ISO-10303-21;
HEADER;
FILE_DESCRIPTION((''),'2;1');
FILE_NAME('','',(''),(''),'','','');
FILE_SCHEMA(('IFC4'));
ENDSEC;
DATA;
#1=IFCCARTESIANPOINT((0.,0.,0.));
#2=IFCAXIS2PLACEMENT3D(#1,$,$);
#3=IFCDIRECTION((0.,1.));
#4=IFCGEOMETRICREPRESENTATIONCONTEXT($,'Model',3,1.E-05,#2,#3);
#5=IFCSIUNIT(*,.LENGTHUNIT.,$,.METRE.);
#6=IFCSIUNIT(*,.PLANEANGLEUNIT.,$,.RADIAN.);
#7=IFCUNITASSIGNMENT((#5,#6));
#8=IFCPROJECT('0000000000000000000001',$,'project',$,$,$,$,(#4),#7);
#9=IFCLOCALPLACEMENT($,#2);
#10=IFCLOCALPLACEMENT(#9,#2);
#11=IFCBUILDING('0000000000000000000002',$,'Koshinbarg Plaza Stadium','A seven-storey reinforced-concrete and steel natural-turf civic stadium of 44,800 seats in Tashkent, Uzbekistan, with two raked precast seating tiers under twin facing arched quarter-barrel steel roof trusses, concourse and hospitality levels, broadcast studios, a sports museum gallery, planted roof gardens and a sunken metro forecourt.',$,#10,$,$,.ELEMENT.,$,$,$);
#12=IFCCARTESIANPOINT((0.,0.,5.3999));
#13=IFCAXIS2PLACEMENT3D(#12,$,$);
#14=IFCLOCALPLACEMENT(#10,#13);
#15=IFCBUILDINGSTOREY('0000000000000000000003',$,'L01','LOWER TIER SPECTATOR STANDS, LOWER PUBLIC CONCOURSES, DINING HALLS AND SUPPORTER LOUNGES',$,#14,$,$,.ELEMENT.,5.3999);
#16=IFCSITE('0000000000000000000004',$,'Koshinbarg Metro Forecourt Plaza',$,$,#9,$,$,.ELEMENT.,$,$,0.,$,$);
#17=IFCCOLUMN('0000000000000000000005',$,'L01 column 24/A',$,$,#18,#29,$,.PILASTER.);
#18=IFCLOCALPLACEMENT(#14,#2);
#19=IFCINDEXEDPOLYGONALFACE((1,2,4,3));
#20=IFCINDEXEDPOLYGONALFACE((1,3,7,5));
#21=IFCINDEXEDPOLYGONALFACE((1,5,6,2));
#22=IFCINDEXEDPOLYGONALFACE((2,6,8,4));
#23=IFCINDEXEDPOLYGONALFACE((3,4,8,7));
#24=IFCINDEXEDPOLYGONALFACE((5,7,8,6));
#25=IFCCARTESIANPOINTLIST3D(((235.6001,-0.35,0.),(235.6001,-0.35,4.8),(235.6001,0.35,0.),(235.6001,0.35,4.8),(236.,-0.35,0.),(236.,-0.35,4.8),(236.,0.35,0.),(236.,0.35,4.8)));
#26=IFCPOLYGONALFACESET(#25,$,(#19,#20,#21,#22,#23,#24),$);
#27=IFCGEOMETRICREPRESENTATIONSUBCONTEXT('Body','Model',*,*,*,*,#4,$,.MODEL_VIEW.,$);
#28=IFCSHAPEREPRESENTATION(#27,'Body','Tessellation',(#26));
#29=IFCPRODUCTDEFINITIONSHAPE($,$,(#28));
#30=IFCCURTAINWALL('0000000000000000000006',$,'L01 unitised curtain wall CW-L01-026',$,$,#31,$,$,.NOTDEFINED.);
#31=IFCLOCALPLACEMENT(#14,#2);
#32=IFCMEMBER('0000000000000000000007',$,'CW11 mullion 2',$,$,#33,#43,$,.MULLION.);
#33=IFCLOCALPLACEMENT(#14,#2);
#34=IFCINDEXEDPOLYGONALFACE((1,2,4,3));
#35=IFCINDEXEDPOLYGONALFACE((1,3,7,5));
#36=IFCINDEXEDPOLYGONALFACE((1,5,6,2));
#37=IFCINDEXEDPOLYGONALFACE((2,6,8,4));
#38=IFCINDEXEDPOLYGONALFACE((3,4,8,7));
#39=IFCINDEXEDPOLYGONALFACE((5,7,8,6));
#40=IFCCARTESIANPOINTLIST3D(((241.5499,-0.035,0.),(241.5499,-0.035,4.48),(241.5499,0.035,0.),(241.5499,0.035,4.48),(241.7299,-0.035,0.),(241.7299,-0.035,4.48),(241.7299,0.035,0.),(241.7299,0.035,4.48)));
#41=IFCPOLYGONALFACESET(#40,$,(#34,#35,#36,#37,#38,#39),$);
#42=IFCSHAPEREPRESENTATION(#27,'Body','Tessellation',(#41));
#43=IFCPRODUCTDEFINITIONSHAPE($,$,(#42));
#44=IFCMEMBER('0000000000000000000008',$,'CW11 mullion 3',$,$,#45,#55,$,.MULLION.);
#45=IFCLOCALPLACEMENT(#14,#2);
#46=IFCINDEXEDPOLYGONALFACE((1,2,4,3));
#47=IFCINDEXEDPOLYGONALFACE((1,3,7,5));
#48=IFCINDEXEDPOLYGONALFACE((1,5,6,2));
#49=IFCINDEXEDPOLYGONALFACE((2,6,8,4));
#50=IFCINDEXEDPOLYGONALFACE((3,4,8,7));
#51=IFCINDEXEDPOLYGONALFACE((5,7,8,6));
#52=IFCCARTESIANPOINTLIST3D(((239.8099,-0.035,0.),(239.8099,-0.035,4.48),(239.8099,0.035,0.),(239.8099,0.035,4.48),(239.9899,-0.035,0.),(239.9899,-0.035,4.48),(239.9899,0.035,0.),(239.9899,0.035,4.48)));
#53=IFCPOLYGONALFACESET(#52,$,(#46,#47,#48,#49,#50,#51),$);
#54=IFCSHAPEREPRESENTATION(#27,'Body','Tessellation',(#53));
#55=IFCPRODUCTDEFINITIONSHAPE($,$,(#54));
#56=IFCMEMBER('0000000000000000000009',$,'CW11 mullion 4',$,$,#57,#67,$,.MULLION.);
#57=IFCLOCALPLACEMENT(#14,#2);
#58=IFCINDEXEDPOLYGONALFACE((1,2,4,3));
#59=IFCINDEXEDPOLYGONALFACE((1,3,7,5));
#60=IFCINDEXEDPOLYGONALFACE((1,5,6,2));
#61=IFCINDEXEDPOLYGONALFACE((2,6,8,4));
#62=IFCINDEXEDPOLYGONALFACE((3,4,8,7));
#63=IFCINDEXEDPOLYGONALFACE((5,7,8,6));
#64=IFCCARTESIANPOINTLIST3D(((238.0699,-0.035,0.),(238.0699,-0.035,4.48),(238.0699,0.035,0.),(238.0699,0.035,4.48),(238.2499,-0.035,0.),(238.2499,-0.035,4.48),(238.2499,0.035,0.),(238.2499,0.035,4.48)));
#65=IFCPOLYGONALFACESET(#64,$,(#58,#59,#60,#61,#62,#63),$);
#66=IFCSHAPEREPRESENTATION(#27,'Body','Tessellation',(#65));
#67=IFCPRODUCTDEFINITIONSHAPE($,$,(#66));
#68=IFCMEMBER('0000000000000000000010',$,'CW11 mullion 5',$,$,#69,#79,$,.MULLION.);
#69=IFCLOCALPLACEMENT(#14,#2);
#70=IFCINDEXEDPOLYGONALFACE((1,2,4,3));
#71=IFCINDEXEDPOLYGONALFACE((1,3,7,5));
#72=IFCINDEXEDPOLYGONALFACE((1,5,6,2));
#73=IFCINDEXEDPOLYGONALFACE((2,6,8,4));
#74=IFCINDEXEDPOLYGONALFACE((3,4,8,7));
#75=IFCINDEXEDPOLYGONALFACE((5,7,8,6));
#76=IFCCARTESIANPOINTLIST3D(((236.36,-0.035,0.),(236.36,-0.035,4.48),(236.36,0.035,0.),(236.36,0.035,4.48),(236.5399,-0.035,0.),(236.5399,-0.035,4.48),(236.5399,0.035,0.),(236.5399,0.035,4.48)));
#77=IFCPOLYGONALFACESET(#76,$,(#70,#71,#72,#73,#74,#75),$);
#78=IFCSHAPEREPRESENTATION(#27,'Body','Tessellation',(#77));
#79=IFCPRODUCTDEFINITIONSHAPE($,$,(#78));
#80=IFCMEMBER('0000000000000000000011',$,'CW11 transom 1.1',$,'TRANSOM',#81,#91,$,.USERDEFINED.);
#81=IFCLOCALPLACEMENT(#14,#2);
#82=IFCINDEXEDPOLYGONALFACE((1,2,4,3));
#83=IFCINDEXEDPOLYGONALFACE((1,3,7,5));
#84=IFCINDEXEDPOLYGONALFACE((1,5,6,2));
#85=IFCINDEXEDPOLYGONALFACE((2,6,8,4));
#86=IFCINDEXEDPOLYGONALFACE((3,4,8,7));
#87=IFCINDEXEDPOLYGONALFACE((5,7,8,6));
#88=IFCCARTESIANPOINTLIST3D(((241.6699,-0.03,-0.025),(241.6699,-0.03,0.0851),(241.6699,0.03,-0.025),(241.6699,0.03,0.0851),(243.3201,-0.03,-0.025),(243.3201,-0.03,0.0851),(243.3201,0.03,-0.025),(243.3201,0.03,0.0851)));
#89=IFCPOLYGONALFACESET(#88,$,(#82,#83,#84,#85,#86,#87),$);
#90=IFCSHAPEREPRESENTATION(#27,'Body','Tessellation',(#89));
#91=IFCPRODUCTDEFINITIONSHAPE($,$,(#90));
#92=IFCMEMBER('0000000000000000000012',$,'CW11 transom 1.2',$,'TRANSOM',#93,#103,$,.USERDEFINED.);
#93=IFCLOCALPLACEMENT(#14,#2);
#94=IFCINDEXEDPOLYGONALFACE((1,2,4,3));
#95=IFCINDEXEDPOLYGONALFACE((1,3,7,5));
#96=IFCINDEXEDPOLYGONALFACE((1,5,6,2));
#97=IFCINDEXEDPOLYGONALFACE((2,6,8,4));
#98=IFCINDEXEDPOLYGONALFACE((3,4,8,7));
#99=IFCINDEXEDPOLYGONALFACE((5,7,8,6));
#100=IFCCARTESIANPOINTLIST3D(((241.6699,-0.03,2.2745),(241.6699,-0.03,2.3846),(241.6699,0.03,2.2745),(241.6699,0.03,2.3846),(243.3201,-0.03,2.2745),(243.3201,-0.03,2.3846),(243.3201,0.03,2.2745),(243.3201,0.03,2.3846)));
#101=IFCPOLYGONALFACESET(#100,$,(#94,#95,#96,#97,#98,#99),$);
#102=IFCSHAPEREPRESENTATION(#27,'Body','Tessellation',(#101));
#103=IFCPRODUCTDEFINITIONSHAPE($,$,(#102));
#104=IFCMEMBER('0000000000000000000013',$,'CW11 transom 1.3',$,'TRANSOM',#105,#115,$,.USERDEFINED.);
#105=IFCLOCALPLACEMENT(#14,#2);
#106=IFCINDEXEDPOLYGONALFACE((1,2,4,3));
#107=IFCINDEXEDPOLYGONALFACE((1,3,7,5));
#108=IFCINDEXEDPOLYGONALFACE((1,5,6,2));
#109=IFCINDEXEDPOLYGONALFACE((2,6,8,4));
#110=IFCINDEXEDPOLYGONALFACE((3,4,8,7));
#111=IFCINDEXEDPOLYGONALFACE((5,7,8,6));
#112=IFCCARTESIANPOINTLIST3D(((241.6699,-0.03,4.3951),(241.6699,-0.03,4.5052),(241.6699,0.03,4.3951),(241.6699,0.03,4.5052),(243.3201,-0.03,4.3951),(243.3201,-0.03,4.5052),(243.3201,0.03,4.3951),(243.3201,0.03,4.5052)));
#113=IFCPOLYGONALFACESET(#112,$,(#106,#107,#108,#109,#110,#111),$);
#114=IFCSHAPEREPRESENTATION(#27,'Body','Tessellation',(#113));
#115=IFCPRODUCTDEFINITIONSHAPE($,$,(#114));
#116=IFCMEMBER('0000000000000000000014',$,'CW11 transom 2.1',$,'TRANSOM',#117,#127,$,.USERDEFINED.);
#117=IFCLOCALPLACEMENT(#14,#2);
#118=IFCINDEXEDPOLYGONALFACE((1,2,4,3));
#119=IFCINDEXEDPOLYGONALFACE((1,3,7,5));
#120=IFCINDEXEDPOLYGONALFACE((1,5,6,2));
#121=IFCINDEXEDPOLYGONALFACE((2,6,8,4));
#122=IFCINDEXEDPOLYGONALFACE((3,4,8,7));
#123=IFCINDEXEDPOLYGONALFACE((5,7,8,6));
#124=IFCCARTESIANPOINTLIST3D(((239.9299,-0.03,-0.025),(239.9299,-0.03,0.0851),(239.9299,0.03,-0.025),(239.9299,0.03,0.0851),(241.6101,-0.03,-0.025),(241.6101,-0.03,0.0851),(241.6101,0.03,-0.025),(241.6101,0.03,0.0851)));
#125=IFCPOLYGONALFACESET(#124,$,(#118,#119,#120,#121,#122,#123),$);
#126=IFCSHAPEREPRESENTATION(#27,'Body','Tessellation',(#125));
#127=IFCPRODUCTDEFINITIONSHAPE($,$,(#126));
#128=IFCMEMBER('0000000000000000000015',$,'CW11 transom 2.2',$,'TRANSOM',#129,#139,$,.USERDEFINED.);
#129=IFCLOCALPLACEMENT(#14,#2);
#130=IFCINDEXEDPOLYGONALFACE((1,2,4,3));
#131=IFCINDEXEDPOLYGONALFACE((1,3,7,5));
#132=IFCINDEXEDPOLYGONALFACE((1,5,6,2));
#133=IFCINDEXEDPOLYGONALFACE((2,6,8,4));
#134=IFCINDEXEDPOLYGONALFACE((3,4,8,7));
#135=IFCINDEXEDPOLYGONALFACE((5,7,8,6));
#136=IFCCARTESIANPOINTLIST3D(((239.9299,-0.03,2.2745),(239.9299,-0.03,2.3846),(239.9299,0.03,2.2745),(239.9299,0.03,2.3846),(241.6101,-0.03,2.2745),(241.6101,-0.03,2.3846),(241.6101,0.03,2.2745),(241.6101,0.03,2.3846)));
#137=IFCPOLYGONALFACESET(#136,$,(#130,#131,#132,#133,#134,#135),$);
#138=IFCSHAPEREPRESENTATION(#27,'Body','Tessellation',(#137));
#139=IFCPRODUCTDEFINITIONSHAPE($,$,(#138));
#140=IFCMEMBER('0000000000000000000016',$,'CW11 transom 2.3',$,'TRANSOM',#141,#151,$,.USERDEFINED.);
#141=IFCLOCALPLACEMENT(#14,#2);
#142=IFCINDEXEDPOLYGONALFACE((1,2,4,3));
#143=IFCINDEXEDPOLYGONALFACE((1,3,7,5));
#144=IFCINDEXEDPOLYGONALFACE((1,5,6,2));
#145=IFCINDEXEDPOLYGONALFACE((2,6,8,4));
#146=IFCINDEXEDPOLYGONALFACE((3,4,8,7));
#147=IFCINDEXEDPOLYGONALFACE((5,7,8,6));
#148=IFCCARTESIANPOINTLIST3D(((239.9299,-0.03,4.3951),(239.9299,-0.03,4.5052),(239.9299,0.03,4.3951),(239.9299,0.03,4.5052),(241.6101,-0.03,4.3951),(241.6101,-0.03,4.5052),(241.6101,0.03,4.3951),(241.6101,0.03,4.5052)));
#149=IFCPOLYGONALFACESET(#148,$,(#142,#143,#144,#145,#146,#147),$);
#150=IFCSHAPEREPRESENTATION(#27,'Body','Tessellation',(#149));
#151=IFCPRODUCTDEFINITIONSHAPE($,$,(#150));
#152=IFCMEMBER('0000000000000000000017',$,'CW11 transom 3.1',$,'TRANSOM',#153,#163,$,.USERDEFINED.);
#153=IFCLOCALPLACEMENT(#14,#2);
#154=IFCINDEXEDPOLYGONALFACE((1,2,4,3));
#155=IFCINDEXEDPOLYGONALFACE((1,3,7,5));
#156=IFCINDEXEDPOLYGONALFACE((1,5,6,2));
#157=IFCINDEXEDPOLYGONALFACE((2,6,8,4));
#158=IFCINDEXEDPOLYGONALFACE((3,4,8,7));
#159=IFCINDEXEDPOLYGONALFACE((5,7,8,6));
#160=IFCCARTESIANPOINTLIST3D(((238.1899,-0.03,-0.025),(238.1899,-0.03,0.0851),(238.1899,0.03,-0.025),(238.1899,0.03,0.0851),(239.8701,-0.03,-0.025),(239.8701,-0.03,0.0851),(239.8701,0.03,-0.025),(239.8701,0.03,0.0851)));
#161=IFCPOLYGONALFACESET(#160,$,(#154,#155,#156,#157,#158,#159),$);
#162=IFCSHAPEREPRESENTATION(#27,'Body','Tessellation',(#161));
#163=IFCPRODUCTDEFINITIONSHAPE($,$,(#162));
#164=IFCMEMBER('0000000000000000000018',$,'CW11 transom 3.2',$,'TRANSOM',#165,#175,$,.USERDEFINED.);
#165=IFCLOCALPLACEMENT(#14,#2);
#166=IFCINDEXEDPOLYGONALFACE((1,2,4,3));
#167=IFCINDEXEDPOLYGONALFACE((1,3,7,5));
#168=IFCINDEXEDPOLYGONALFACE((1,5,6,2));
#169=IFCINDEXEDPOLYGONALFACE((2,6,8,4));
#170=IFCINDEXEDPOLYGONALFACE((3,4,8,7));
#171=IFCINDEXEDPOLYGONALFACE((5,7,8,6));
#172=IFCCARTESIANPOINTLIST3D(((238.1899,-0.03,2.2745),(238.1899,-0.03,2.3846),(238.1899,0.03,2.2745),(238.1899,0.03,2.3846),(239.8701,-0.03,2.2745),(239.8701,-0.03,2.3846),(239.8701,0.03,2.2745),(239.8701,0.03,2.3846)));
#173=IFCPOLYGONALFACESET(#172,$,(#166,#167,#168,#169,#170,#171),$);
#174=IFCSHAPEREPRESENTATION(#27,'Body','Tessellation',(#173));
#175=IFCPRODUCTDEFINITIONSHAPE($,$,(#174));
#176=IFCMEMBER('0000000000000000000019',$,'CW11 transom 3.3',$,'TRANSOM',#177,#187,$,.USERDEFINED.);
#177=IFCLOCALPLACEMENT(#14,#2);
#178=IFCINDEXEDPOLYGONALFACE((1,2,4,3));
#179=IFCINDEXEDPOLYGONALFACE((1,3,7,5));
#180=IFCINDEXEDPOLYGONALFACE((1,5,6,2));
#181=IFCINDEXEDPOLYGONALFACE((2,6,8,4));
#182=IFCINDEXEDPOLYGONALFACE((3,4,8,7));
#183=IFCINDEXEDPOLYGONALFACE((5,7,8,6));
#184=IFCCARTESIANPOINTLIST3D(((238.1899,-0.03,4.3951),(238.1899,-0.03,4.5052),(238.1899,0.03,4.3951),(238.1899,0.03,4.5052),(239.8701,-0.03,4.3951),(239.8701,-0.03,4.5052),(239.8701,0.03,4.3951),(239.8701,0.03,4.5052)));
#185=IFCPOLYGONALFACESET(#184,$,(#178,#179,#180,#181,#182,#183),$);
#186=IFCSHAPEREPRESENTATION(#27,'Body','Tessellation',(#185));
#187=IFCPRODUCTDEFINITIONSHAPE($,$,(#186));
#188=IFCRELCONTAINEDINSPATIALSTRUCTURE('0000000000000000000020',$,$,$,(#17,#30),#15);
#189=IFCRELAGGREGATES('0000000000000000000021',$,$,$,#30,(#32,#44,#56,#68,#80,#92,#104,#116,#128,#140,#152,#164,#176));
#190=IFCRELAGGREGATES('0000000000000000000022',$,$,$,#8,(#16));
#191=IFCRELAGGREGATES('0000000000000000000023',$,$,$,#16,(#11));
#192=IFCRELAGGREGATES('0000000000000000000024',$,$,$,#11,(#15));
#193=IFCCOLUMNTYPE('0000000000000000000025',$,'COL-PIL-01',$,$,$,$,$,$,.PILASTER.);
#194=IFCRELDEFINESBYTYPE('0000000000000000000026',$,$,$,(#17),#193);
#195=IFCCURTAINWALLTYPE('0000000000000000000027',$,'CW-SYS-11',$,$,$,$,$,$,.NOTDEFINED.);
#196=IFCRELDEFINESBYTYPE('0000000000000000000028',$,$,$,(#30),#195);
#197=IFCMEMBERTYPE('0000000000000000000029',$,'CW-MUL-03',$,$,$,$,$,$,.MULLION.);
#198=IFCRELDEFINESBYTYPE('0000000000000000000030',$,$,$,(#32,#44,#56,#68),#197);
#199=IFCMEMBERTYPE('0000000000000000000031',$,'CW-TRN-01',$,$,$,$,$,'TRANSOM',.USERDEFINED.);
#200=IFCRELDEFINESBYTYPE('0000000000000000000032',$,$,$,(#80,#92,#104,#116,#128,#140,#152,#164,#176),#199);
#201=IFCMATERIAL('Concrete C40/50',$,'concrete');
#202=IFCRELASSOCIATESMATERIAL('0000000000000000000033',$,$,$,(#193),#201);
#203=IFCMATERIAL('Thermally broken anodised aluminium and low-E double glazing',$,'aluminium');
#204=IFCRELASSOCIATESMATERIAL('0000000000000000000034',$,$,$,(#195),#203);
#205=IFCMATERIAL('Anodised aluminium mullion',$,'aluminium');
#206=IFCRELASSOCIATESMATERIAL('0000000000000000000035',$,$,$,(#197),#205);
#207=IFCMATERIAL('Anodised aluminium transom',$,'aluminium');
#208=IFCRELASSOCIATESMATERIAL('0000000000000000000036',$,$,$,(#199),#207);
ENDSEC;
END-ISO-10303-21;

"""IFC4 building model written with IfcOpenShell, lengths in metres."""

from ifc_helpers import new_model, si_unit, direction, frame, origin, origin_2d, place, context, subcontext, project, spatial, rectangle, extrude, material, material_profile, profile_set, type_object, element, aggregate, save


model = new_model("IFC4")

# Units and contexts
model_context = context("Model", 3, precision=1e-05, world=origin(), true_north=direction((0.0, 1.0)))
body_context = subcontext(model_context, "Body", "Model", "MODEL_VIEW")
ifc_project = project(units=[si_unit("LENGTHUNIT", "METRE"), si_unit("PLANEANGLEUNIT", "RADIAN")], contexts=[model_context])

# Site, building, storey
site_placement = place(None, origin())
site = spatial("IfcSite", under=ifc_project, at=site_placement, Name="Koshinbarg Metro Forecourt Plaza", CompositionType="ELEMENT", RefElevation=0.0)
building_placement = place(site_placement, origin())
building = spatial("IfcBuilding", under=site, at=building_placement, Name="Koshinbarg Plaza Stadium", Description="A seven-storey reinforced-concrete and steel natural-turf civic stadium of 44,800 seats in Tashkent, Uzbekistan, with two raked precast seating tiers under twin facing arched quarter-barrel steel roof trusses, concourse and hospitality levels, broadcast studios, a sports museum gallery, planted roof gardens and a sunken metro forecourt.", CompositionType="ELEMENT")
storey_placement = place(building_placement, frame((0.0, 0.0, 5.3999)))
storey = spatial("IfcBuildingStorey", under=building, at=storey_placement, Name="L01", Description="LOWER TIER SPECTATOR STANDS, LOWER PUBLIC CONCOURSES, DINING HALLS AND SUPPORTER LOUNGES", CompositionType="ELEMENT", Elevation=5.3999)

# Column
ifc_material_1 = material(Name="Concrete C40/50", Category="concrete")
ifc_material_profile_1 = material_profile(ifc_material_1, rectangle(XDim=0.3999, YDim=0.7, at=origin_2d()), Name="PIL 400x700")
ifc_profile_set_1 = profile_set([ifc_material_profile_1], Name="Concrete C40/50")
column_type = type_object("IfcColumnType", Name="COL-PIL-01", PredefinedType="PILASTER", material=ifc_profile_set_1)
column_placement = place(storey_placement, frame((235.8, 0.0, 0.0), z_axis=(0.0, 0.0, 1.0), x_axis=(1.0, 0.0, 0.0)))
element("IfcColumn", 1, at=column_placement, inside=storey, type_object=column_type, Name="L01 column 24/A", PredefinedType="PILASTER", context=body_context, shape_type="SweptSolid", body=[
    extrude(rectangle(XDim=0.3999, YDim=0.7, at=origin_2d()), origin(), (0.0, 0.0, 1.0), 4.8),
])

# Curtain wall, members
ifc_material_2 = material(Name="Thermally broken anodised aluminium and low-E double glazing", Category="aluminium")
curtain_wall_type = type_object("IfcCurtainWallType", Name="CW-SYS-11", PredefinedType="NOTDEFINED", material=ifc_material_2)
curtain_wall_placement = place(storey_placement, origin())
curtain_wall = element("IfcCurtainWall", 2, at=curtain_wall_placement, inside=storey, type_object=curtain_wall_type, Name="L01 unitised curtain wall CW-L01-026", PredefinedType="NOTDEFINED")
ifc_material_3 = material(Name="Anodised aluminium mullion", Category="aluminium")
ifc_material_profile_2 = material_profile(ifc_material_3, rectangle(XDim=0.0701, YDim=0.1799, at=origin_2d()), Name="ALU 70x180")
ifc_profile_set_2 = profile_set([ifc_material_profile_2], Name="Anodised aluminium mullion")
member_type_1 = type_object("IfcMemberType", Name="CW-MUL-03", PredefinedType="MULLION", material=ifc_profile_set_2)
member_1_placement = place(storey_placement, frame((241.6399, 0.0, 0.0), z_axis=(0.0, 0.0, 1.0), x_axis=(0.0, -1.0, 0.0)))
member_1 = element("IfcMember", 3, at=member_1_placement, type_object=member_type_1, Name="CW11 mullion 2", PredefinedType="MULLION", context=body_context, shape_type="SweptSolid", body=[
    extrude(rectangle(XDim=0.0701, YDim=0.1799, at=origin_2d()), origin(), (0.0, 0.0, 1.0), 4.48),
])
member_2_placement = place(storey_placement, frame((239.8999, 0.0, 0.0), z_axis=(0.0, 0.0, 1.0), x_axis=(0.0, -1.0, 0.0)))
member_2 = element("IfcMember", 4, at=member_2_placement, type_object=member_type_1, Name="CW11 mullion 3", PredefinedType="MULLION", context=body_context, shape_type="SweptSolid", body=[
    extrude(rectangle(XDim=0.0701, YDim=0.1799, at=origin_2d()), origin(), (0.0, 0.0, 1.0), 4.48),
])
member_3_placement = place(storey_placement, frame((238.1599, 0.0, 0.0), z_axis=(0.0, 0.0, 1.0), x_axis=(0.0, -1.0, 0.0)))
member_3 = element("IfcMember", 5, at=member_3_placement, type_object=member_type_1, Name="CW11 mullion 4", PredefinedType="MULLION", context=body_context, shape_type="SweptSolid", body=[
    extrude(rectangle(XDim=0.0701, YDim=0.1799, at=origin_2d()), origin(), (0.0, 0.0, 1.0), 4.48),
])
member_4_placement = place(storey_placement, frame((236.45, 0.0, 0.0), z_axis=(0.0, 0.0, 1.0), x_axis=(0.0, -1.0, 0.0)))
member_4 = element("IfcMember", 6, at=member_4_placement, type_object=member_type_1, Name="CW11 mullion 5", PredefinedType="MULLION", context=body_context, shape_type="SweptSolid", body=[
    extrude(rectangle(XDim=0.0701, YDim=0.1799, at=origin_2d()), origin(), (0.0, 0.0, 1.0), 4.48),
])
ifc_material_4 = material(Name="Anodised aluminium transom", Category="aluminium")
ifc_material_profile_3 = material_profile(ifc_material_4, rectangle(XDim=0.0601, YDim=0.1101, at=origin_2d()), Name="ALU 60x110")
ifc_profile_set_3 = profile_set([ifc_material_profile_3], Name="Anodised aluminium transom")
member_type_2 = type_object("IfcMemberType", Name="CW-TRN-01", ElementType="TRANSOM", PredefinedType="USERDEFINED", material=ifc_profile_set_3)
member_5_placement = place(storey_placement, frame((243.3201, 0.0, 0.03), z_axis=(-1.0, 0.0, 0.0), x_axis=(0.0, -1.0, 0.0)))
member_5 = element("IfcMember", 7, at=member_5_placement, type_object=member_type_2, Name="CW11 transom 1.1", ObjectType="TRANSOM", PredefinedType="USERDEFINED", context=body_context, shape_type="SweptSolid", body=[
    extrude(rectangle(XDim=0.0601, YDim=0.1101, at=origin_2d()), origin(), (0.0, 0.0, 1.0), 1.6501),
])
member_6_placement = place(storey_placement, frame((243.3201, 0.0, 2.3296), z_axis=(-1.0, 0.0, 0.0), x_axis=(0.0, -1.0, 0.0)))
member_6 = element("IfcMember", 8, at=member_6_placement, type_object=member_type_2, Name="CW11 transom 1.2", ObjectType="TRANSOM", PredefinedType="USERDEFINED", context=body_context, shape_type="SweptSolid", body=[
    extrude(rectangle(XDim=0.0601, YDim=0.1101, at=origin_2d()), origin(), (0.0, 0.0, 1.0), 1.6501),
])
member_7_placement = place(storey_placement, frame((243.3201, 0.0, 4.4502), z_axis=(-1.0, 0.0, 0.0), x_axis=(0.0, -1.0, 0.0)))
member_7 = element("IfcMember", 9, at=member_7_placement, type_object=member_type_2, Name="CW11 transom 1.3", ObjectType="TRANSOM", PredefinedType="USERDEFINED", context=body_context, shape_type="SweptSolid", body=[
    extrude(rectangle(XDim=0.0601, YDim=0.1101, at=origin_2d()), origin(), (0.0, 0.0, 1.0), 1.6501),
])
member_8_placement = place(storey_placement, frame((241.6101, 0.0, 0.03), z_axis=(-1.0, 0.0, 0.0), x_axis=(0.0, -1.0, 0.0)))
member_8 = element("IfcMember", 10, at=member_8_placement, type_object=member_type_2, Name="CW11 transom 2.1", ObjectType="TRANSOM", PredefinedType="USERDEFINED", context=body_context, shape_type="SweptSolid", body=[
    extrude(rectangle(XDim=0.0601, YDim=0.1101, at=origin_2d()), origin(), (0.0, 0.0, 1.0), 1.6802),
])
member_9_placement = place(storey_placement, frame((241.6101, 0.0, 2.3296), z_axis=(-1.0, 0.0, 0.0), x_axis=(0.0, -1.0, 0.0)))
member_9 = element("IfcMember", 11, at=member_9_placement, type_object=member_type_2, Name="CW11 transom 2.2", ObjectType="TRANSOM", PredefinedType="USERDEFINED", context=body_context, shape_type="SweptSolid", body=[
    extrude(rectangle(XDim=0.0601, YDim=0.1101, at=origin_2d()), origin(), (0.0, 0.0, 1.0), 1.6802),
])
member_10_placement = place(storey_placement, frame((241.6101, 0.0, 4.4502), z_axis=(-1.0, 0.0, 0.0), x_axis=(0.0, -1.0, 0.0)))
member_10 = element("IfcMember", 12, at=member_10_placement, type_object=member_type_2, Name="CW11 transom 2.3", ObjectType="TRANSOM", PredefinedType="USERDEFINED", context=body_context, shape_type="SweptSolid", body=[
    extrude(rectangle(XDim=0.0601, YDim=0.1101, at=origin_2d()), origin(), (0.0, 0.0, 1.0), 1.6802),
])
member_11_placement = place(storey_placement, frame((239.8701, 0.0, 0.03), z_axis=(-1.0, 0.0, 0.0), x_axis=(0.0, -1.0, 0.0)))
member_11 = element("IfcMember", 13, at=member_11_placement, type_object=member_type_2, Name="CW11 transom 3.1", ObjectType="TRANSOM", PredefinedType="USERDEFINED", context=body_context, shape_type="SweptSolid", body=[
    extrude(rectangle(XDim=0.0601, YDim=0.1101, at=origin_2d()), origin(), (0.0, 0.0, 1.0), 1.6802),
])
member_12_placement = place(storey_placement, frame((239.8701, 0.0, 2.3296), z_axis=(-1.0, 0.0, 0.0), x_axis=(0.0, -1.0, 0.0)))
member_12 = element("IfcMember", 14, at=member_12_placement, type_object=member_type_2, Name="CW11 transom 3.2", ObjectType="TRANSOM", PredefinedType="USERDEFINED", context=body_context, shape_type="SweptSolid", body=[
    extrude(rectangle(XDim=0.0601, YDim=0.1101, at=origin_2d()), origin(), (0.0, 0.0, 1.0), 1.6802),
])
member_13_placement = place(storey_placement, frame((239.8701, 0.0, 4.4502), z_axis=(-1.0, 0.0, 0.0), x_axis=(0.0, -1.0, 0.0)))
member_13 = element("IfcMember", 15, at=member_13_placement, type_object=member_type_2, Name="CW11 transom 3.3", ObjectType="TRANSOM", PredefinedType="USERDEFINED", context=body_context, shape_type="SweptSolid", body=[
    extrude(rectangle(XDim=0.0601, YDim=0.1101, at=origin_2d()), origin(), (0.0, 0.0, 1.0), 1.6802),
])
aggregate(curtain_wall, [member_1, member_2, member_3, member_4, member_5, member_6, member_7, member_8, member_9, member_10, member_11, member_12, member_13])

save(model, "model.ifc")
